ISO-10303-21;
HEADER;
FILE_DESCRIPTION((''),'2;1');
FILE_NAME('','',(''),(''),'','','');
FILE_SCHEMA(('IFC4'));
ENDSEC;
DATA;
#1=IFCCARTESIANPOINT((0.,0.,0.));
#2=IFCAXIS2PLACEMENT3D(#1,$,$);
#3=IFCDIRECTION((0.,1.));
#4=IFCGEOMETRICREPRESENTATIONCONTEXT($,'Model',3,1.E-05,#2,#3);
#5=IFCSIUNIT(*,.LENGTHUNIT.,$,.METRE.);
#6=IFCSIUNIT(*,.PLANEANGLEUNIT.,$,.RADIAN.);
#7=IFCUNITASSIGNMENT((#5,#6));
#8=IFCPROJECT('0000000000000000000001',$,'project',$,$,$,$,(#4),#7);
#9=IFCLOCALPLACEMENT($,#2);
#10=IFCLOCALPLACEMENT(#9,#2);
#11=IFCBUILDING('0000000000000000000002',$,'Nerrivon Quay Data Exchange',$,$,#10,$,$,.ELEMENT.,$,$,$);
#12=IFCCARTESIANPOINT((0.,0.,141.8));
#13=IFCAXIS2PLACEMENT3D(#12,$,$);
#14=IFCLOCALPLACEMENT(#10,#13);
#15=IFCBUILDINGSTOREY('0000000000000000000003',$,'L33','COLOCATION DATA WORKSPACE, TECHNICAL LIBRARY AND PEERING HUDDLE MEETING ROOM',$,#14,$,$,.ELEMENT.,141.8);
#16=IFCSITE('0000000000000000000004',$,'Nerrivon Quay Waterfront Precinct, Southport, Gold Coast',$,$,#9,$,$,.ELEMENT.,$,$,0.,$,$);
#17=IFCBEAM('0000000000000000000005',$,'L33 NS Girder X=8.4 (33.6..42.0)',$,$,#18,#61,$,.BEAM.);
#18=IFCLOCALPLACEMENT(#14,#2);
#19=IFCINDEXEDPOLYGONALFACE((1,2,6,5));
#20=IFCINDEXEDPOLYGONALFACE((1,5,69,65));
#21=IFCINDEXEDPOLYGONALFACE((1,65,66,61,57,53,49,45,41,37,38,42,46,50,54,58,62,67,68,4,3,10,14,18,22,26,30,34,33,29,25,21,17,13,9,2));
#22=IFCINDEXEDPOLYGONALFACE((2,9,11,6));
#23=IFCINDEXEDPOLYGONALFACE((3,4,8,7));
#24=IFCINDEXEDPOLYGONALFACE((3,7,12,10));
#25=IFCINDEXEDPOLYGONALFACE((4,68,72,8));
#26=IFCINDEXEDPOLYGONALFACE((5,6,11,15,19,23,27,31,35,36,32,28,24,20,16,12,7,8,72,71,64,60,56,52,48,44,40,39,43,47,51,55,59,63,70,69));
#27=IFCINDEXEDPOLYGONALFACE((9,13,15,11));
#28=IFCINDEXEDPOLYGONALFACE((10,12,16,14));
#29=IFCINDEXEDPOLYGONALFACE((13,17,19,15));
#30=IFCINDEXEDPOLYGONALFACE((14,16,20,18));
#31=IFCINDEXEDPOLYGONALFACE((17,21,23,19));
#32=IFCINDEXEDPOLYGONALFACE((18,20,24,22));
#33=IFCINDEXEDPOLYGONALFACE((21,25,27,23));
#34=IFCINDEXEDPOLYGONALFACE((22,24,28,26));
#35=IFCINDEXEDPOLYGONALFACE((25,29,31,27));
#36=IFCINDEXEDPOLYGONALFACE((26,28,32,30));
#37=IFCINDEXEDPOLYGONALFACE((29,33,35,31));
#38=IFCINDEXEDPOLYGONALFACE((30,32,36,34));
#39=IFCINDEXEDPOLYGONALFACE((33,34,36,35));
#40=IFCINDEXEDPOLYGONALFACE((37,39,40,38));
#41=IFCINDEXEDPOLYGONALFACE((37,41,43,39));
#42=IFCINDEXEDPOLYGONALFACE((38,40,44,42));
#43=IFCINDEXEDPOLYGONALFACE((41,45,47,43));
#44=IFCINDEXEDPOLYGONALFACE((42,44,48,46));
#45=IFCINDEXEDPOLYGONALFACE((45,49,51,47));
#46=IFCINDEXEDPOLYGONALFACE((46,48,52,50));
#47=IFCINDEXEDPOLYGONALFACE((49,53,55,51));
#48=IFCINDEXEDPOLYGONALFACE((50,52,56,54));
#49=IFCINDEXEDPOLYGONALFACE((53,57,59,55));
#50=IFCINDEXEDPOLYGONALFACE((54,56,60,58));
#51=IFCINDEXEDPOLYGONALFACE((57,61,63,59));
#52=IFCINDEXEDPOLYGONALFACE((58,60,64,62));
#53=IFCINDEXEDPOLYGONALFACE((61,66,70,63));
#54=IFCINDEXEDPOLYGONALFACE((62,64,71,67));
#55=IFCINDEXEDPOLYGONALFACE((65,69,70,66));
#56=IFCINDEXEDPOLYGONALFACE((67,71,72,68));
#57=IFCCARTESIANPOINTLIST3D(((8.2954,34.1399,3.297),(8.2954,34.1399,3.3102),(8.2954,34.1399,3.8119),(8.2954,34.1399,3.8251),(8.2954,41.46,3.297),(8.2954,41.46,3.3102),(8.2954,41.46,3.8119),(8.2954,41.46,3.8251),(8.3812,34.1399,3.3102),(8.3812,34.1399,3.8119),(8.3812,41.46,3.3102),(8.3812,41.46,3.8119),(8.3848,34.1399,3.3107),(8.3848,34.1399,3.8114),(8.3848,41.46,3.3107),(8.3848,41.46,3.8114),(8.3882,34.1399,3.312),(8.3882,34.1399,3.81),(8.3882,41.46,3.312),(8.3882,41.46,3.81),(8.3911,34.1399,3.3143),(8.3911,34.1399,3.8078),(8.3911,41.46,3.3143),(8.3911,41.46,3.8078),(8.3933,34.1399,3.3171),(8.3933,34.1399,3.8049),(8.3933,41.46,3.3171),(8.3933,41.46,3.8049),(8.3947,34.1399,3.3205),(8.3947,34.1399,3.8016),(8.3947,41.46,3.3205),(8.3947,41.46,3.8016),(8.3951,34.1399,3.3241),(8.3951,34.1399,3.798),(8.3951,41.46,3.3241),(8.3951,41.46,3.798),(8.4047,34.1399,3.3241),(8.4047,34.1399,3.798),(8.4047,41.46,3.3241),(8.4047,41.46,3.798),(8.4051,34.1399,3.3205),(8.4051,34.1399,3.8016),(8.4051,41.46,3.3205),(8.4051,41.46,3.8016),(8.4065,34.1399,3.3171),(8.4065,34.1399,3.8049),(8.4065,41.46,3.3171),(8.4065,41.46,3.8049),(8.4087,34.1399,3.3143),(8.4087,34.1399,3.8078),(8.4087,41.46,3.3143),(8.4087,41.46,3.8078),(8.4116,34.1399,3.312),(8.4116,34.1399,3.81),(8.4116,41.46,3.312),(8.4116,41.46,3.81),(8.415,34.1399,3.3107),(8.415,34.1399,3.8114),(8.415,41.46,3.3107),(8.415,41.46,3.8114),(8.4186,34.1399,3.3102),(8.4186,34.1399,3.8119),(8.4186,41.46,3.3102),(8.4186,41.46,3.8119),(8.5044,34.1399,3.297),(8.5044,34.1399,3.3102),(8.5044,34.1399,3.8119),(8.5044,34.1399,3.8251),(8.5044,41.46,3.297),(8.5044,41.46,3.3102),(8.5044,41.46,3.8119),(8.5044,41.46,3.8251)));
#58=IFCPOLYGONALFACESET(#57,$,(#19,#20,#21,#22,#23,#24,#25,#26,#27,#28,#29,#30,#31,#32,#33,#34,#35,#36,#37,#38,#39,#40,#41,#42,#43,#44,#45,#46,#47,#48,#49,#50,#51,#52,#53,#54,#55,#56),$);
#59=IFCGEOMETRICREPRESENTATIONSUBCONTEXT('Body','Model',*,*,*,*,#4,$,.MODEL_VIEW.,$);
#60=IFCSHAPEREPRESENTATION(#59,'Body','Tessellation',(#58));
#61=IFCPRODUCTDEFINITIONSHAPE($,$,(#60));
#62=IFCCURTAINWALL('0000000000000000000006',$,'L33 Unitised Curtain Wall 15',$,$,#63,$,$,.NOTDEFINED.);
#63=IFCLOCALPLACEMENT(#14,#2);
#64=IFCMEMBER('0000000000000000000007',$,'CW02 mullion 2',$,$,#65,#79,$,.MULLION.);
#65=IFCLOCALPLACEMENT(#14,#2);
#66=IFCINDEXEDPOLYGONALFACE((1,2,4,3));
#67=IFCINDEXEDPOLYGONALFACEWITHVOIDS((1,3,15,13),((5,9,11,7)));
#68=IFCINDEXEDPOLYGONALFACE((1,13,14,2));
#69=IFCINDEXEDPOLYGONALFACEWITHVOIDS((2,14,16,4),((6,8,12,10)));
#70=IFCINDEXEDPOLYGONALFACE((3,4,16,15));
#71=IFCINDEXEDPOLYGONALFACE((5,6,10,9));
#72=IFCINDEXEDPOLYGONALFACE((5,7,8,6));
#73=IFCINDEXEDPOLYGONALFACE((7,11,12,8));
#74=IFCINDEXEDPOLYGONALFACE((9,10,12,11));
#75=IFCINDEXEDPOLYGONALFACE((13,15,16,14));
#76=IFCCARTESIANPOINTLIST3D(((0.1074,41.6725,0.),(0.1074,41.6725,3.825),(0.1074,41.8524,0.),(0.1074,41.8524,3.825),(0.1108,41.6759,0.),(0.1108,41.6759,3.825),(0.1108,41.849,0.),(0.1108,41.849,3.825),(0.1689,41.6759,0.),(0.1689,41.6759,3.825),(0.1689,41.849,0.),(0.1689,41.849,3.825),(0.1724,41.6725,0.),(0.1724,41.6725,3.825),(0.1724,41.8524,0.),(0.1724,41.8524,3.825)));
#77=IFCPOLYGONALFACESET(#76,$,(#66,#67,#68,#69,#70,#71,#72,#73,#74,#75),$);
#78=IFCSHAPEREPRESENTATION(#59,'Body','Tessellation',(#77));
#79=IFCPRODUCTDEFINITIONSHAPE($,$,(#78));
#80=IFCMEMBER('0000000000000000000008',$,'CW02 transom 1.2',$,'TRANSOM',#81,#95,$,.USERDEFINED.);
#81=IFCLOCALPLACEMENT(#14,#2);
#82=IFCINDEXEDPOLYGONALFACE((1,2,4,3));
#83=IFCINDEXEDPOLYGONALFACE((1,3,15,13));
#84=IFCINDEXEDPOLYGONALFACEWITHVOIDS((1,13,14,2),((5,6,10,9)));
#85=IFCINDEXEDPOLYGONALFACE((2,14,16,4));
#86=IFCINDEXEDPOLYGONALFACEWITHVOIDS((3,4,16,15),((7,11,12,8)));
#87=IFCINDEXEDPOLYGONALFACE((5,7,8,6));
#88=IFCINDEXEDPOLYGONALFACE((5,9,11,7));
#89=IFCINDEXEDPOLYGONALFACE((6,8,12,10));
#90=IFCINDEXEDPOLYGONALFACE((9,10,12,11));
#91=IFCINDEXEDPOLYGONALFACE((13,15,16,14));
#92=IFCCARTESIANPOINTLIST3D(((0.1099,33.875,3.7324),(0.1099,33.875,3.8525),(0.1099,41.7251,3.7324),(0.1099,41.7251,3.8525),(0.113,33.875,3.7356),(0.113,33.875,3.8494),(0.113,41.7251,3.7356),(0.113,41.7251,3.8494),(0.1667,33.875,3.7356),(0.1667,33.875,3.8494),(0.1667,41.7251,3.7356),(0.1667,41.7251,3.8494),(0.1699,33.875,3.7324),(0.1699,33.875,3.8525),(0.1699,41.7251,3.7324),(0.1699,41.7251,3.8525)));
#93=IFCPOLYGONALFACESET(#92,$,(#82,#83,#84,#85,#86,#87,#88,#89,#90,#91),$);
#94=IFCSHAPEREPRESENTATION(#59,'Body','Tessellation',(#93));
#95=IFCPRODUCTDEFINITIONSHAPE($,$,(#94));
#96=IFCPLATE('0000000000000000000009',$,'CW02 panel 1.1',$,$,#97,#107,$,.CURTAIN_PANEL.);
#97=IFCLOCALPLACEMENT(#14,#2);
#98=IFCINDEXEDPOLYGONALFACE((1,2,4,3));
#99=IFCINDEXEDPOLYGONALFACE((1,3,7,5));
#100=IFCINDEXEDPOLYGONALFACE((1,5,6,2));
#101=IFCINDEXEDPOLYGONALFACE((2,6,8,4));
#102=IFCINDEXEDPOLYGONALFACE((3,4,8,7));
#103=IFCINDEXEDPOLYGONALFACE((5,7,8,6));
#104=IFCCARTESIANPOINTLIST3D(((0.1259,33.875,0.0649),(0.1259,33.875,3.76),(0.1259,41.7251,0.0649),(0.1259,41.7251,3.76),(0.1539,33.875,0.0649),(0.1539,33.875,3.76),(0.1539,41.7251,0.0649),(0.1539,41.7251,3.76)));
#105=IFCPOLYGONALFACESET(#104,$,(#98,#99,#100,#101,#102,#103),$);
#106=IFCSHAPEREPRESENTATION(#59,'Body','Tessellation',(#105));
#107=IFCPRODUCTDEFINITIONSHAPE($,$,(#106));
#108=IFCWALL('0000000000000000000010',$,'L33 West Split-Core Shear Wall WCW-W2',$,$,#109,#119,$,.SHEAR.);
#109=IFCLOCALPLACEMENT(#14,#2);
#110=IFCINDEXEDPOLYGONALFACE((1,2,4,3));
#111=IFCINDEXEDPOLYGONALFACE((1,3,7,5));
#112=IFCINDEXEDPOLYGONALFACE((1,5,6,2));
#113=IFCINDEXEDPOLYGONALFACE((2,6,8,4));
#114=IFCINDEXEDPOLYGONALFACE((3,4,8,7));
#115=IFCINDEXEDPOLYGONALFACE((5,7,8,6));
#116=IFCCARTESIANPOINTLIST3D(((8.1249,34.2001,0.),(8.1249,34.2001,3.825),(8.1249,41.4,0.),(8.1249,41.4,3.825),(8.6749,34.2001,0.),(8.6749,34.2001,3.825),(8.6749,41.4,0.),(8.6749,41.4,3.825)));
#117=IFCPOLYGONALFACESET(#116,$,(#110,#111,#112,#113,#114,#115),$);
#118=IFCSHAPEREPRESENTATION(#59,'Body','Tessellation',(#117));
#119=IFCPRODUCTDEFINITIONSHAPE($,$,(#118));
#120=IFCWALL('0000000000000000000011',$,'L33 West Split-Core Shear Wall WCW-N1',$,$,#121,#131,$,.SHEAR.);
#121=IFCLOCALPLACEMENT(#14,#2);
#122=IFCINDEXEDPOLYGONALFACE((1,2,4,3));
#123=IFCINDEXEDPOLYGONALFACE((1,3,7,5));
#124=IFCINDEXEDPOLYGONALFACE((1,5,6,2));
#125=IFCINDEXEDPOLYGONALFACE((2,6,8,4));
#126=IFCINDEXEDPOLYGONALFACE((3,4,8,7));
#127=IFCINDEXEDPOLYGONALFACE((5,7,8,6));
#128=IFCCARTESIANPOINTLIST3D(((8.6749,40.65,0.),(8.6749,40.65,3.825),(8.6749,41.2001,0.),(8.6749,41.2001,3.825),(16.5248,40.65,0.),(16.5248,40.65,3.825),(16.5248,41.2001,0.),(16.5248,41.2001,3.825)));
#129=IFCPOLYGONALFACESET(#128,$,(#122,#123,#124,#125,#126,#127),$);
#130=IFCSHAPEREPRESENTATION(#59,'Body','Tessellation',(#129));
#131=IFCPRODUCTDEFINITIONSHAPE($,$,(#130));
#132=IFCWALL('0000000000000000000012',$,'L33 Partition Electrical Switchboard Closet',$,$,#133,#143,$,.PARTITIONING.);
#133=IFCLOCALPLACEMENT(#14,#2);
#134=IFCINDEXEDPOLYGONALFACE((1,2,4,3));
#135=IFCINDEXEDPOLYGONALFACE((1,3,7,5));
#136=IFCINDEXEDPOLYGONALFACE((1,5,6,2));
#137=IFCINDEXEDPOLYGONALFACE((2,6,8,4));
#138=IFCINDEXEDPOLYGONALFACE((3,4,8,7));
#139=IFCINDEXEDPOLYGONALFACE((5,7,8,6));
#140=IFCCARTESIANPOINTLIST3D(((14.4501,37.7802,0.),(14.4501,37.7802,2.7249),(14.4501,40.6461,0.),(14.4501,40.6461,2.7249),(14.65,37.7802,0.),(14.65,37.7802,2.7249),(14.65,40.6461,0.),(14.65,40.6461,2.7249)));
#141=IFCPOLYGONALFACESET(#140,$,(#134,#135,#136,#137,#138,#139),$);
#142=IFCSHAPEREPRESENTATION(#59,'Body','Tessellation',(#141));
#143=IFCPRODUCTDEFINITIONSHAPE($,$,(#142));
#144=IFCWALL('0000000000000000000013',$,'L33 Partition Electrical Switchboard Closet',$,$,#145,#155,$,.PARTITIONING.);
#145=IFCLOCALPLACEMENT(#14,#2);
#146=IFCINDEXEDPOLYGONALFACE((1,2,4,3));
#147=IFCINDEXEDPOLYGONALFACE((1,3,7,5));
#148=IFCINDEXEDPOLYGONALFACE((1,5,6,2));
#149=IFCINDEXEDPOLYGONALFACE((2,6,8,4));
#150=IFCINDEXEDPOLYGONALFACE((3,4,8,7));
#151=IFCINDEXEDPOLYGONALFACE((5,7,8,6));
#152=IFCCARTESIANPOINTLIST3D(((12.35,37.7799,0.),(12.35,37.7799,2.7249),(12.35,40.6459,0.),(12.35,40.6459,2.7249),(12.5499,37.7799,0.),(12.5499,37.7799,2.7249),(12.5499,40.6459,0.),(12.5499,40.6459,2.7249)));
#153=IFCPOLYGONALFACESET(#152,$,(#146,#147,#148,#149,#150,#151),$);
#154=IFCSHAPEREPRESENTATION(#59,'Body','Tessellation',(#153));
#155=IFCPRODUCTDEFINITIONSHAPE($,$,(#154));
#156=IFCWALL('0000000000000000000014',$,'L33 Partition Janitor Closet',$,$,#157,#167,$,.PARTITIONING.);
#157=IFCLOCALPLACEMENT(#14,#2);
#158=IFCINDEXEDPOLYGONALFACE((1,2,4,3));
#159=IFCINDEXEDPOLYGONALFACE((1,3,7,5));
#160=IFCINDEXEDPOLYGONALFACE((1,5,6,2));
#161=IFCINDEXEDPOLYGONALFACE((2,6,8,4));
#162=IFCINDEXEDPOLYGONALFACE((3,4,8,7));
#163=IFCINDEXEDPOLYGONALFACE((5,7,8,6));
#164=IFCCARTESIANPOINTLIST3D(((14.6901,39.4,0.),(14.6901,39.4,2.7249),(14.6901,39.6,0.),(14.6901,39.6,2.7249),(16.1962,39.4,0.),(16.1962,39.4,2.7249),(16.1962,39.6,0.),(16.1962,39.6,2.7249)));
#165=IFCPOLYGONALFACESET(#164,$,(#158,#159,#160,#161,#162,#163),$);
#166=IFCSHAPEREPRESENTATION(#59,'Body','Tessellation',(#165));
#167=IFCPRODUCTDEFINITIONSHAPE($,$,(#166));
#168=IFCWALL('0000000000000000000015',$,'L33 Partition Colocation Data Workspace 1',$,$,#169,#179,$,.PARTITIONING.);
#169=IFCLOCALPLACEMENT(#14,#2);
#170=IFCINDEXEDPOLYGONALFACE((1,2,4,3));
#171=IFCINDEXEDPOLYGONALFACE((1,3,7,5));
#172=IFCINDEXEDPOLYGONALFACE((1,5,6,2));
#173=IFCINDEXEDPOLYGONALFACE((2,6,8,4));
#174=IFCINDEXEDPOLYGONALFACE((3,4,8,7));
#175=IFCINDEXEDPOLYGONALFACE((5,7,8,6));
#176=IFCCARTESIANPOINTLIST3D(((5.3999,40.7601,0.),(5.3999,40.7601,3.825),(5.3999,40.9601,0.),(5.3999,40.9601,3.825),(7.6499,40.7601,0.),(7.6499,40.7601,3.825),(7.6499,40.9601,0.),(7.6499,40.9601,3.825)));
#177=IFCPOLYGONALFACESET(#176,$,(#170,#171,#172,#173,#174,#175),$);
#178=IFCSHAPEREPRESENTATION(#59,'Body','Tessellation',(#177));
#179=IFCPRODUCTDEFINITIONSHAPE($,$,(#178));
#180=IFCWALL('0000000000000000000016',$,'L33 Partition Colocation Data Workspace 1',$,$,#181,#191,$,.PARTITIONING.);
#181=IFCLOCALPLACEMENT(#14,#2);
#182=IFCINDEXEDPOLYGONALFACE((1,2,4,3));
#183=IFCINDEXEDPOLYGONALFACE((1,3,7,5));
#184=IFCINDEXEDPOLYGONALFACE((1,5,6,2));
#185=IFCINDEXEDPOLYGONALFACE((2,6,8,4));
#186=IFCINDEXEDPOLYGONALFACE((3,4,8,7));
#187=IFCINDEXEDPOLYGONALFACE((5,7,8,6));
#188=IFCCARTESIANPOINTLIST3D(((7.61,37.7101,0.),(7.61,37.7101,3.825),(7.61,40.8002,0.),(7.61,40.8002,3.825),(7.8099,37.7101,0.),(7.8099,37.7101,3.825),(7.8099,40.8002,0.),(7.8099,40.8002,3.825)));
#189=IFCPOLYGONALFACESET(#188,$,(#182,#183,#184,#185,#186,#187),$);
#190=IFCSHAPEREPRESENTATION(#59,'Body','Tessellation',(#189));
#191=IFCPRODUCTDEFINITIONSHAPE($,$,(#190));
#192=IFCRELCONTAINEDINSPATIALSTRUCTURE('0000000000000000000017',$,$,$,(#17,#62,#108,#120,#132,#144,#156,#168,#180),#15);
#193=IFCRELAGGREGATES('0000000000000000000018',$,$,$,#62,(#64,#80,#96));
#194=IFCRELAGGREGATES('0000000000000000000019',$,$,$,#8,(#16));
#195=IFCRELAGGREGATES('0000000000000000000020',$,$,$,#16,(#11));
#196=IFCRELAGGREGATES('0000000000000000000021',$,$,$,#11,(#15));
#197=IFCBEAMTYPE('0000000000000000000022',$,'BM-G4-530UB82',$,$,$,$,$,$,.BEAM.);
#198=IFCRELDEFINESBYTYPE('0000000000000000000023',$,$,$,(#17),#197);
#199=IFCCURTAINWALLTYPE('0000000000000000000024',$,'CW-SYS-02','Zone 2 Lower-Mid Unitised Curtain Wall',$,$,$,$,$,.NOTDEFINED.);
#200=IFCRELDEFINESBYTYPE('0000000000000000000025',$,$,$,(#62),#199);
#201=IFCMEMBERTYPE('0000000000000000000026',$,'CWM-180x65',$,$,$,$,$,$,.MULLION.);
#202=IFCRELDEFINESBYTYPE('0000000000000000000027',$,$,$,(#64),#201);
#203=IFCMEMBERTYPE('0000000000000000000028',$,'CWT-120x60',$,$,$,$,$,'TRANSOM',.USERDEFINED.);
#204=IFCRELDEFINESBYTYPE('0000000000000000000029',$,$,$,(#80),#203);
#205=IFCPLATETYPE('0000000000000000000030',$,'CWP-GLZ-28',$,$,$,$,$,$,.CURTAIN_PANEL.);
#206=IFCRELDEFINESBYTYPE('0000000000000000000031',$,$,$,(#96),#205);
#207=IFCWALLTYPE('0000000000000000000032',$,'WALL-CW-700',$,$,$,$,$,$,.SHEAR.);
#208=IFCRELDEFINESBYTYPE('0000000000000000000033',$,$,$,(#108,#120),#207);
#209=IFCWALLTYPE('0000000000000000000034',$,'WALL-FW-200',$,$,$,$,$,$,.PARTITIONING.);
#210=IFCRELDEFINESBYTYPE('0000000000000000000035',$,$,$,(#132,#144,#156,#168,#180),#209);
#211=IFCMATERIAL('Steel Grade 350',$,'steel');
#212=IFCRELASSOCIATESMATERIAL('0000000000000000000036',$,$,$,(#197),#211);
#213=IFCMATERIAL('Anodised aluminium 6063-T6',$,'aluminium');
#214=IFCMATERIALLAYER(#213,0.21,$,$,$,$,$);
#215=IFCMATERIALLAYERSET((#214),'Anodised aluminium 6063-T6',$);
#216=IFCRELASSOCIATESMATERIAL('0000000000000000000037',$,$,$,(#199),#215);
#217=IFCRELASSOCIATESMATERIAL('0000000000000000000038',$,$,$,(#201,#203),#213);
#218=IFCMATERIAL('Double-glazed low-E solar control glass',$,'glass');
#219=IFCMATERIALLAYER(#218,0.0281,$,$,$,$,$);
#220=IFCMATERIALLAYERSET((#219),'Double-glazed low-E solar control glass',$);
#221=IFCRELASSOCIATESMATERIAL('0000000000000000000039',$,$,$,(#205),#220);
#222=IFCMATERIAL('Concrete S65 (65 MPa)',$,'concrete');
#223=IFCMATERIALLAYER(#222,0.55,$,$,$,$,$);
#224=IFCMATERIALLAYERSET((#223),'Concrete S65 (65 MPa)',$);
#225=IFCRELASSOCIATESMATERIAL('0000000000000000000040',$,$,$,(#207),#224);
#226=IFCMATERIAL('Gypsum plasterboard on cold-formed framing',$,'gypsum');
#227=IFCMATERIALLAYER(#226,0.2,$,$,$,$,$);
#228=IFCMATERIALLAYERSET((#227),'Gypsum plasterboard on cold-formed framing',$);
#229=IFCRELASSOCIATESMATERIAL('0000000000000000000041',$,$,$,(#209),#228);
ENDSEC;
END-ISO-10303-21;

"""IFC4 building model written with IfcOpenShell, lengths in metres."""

from ifc_helpers import new_model, si_unit, direction, frame, frame_2d, origin, origin_2d, place, context, subcontext, project, spatial, rectangle, hollow_rectangle, i_section, extrude, material, layer, layer_set, material_profile, profile_set, type_object, element, aggregate, save


model = new_model("IFC4")

# Units and contexts
model_context = context("Model", 3, precision=1e-05, world=origin(), true_north=direction((0.0, 1.0)))
body_context = subcontext(model_context, "Body", "Model", "MODEL_VIEW")
ifc_project = project(units=[si_unit("LENGTHUNIT", "METRE"), si_unit("PLANEANGLEUNIT", "RADIAN")], contexts=[model_context])

# Site, building, storey
site_placement = place(None, origin())
site = spatial("IfcSite", under=ifc_project, at=site_placement, Name="Nerrivon Quay Waterfront Precinct, Southport, Gold Coast", CompositionType="ELEMENT", RefElevation=0.0)
building_placement = place(site_placement, origin())
building = spatial("IfcBuilding", under=site, at=building_placement, Name="Nerrivon Quay Data Exchange", CompositionType="ELEMENT")
storey_placement = place(building_placement, frame((0.0, 0.0, 141.8)))
storey = spatial("IfcBuildingStorey", under=building, at=storey_placement, Name="L33", Description="COLOCATION DATA WORKSPACE, TECHNICAL LIBRARY AND PEERING HUDDLE MEETING ROOM", CompositionType="ELEMENT", Elevation=141.8)

# Shared definitions
ifc_material_1 = material(Name="Concrete S65 (65 MPa)", Category="concrete")
ifc_material_2 = material(Name="Steel Grade 350", Category="steel")

# Beam
ifc_material_profile_1 = material_profile(ifc_material_2, i_section(OverallWidth=0.209, OverallDepth=0.5281, WebThickness=0.0095, FlangeThickness=0.0132, FilletRadius=0.0139, at=origin_2d()), Name="530UB82.0")
ifc_profile_set_1 = profile_set([ifc_material_profile_1], Name="Steel Grade 350")
beam_type_1 = type_object("IfcBeamType", Name="BM-G4-530UB82", PredefinedType="BEAM", material=ifc_profile_set_1)
beam_1_placement = place(storey_placement, frame((8.3999, 34.1399, 3.561), z_axis=(0.0, 1.0, 0.0), x_axis=(-1.0, 0.0, 0.0)))
element("IfcBeam", 1, at=beam_1_placement, inside=storey, type_object=beam_type_1, Name="L33 NS Girder X=8.4 (33.6..42.0)", PredefinedType="BEAM", context=body_context, shape_type="SweptSolid", body=[
    extrude(i_section(OverallWidth=0.209, OverallDepth=0.5281, WebThickness=0.0095, FlangeThickness=0.0132, FilletRadius=0.0139, at=origin_2d()), origin(), (0.0, 0.0, 1.0), 7.3201),
])

# Curtain wall, members, plate
ifc_material_3 = material(Name="Anodised aluminium 6063-T6", Category="aluminium")
ifc_layer_1 = layer(ifc_material_3, 0.21)
ifc_layer_set_1 = layer_set([ifc_layer_1], Name="Anodised aluminium 6063-T6")
curtain_wall_type = type_object("IfcCurtainWallType", Name="CW-SYS-02", Description="Zone 2 Lower-Mid Unitised Curtain Wall", PredefinedType="NOTDEFINED", material=ifc_layer_set_1)
curtain_wall_placement = place(storey_placement, origin())
curtain_wall = element("IfcCurtainWall", 2, at=curtain_wall_placement, inside=storey, type_object=curtain_wall_type, Name="L33 Unitised Curtain Wall 15", PredefinedType="NOTDEFINED")
ifc_material_profile_2 = material_profile(ifc_material_3, hollow_rectangle(XDim=0.0649, YDim=0.1799, WallThickness=0.0034, at=origin_2d()), Name="ALU-MULL-180x65")
ifc_profile_set_2 = profile_set([ifc_material_profile_2], Name="Anodised aluminium 6063-T6")
member_type_1 = type_object("IfcMemberType", Name="CWM-180x65", PredefinedType="MULLION", material=ifc_profile_set_2)
member_1_placement = place(storey_placement, frame((0.1399, 41.7625, 0.0), z_axis=(0.0, 0.0, 1.0), x_axis=(-1.0, 0.0, 0.0)))
member_1 = element("IfcMember", 3, at=member_1_placement, type_object=member_type_1, Name="CW02 mullion 2", PredefinedType="MULLION", context=body_context, shape_type="SweptSolid", body=[
    extrude(hollow_rectangle(XDim=0.0649, YDim=0.1799, WallThickness=0.0034, at=origin_2d()), origin(), (0.0, 0.0, 1.0), 3.825),
])
ifc_material_profile_3 = material_profile(ifc_material_3, hollow_rectangle(XDim=0.0601, YDim=0.1201, WallThickness=0.0032, at=origin_2d()), Name="ALU-TRAN-120x60")
ifc_profile_set_3 = profile_set([ifc_material_profile_3], Name="Anodised aluminium 6063-T6")
member_type_2 = type_object("IfcMemberType", Name="CWT-120x60", ElementType="TRANSOM", PredefinedType="USERDEFINED", material=ifc_profile_set_3)
member_2_placement = place(storey_placement, frame((0.1399, 33.875, 3.7925), z_axis=(0.0, 1.0, 0.0), x_axis=(-1.0, 0.0, 0.0)))
member_2 = element("IfcMember", 4, at=member_2_placement, type_object=member_type_2, Name="CW02 transom 1.2", ObjectType="TRANSOM", PredefinedType="USERDEFINED", context=body_context, shape_type="SweptSolid", body=[
    extrude(hollow_rectangle(XDim=0.0601, YDim=0.1201, WallThickness=0.0032, at=origin_2d()), origin(), (0.0, 0.0, 1.0), 7.8501),
])
ifc_material_4 = material(Name="Double-glazed low-E solar control glass", Category="glass")
ifc_layer_2 = layer(ifc_material_4, 0.0281)
ifc_layer_set_2 = layer_set([ifc_layer_2], Name="Double-glazed low-E solar control glass")
plate_type = type_object("IfcPlateType", Name="CWP-GLZ-28", PredefinedType="CURTAIN_PANEL", material=ifc_layer_set_2)
plate_placement = place(storey_placement, frame((0.1399, 37.8, 0.0649), z_axis=(0.0, 0.0, 1.0), x_axis=(0.0, 1.0, 0.0)))
plate = element("IfcPlate", 5, at=plate_placement, type_object=plate_type, Name="CW02 panel 1.1", PredefinedType="CURTAIN_PANEL", context=body_context, shape_type="SweptSolid", body=[
    extrude(rectangle(XDim=7.8501, YDim=0.0281, at=origin_2d()), origin(), (0.0, 0.0, 1.0), 3.6951),
])
aggregate(curtain_wall, [member_1, member_2, plate])

# Walls
ifc_layer_3 = layer(ifc_material_1, 0.55)
ifc_layer_set_3 = layer_set([ifc_layer_3], Name="Concrete S65 (65 MPa)")
wall_type_1 = type_object("IfcWallType", Name="WALL-CW-700", PredefinedType="SHEAR", material=ifc_layer_set_3)
wall_1_placement = place(storey_placement, frame((8.3999, 34.2, 0.0), z_axis=(0.0, 0.0, 1.0), x_axis=(0.0, 1.0, 0.0)))
element("IfcWall", 6, at=wall_1_placement, inside=storey, type_object=wall_type_1, Name="L33 West Split-Core Shear Wall WCW-W2", PredefinedType="SHEAR", context=body_context, shape_type="SweptSolid", body=[
    extrude(rectangle(XDim=7.2, YDim=0.55, at=frame_2d((3.6001, 0.0))), origin(), (0.0, 0.0, 1.0), 3.825),
])
wall_2_placement = place(storey_placement, frame((8.675, 40.925, 0.0), z_axis=(0.0, 0.0, 1.0), x_axis=(1.0, 0.0, 0.0)))
element("IfcWall", 7, at=wall_2_placement, inside=storey, type_object=wall_type_1, Name="L33 West Split-Core Shear Wall WCW-N1", PredefinedType="SHEAR", context=body_context, shape_type="SweptSolid", body=[
    extrude(rectangle(XDim=7.8499, YDim=0.55, at=frame_2d((3.9248, 0.0))), origin(), (0.0, 0.0, 1.0), 3.825),
])
ifc_material_5 = material(Name="Gypsum plasterboard on cold-formed framing", Category="gypsum")
ifc_layer_4 = layer(ifc_material_5, 0.2)
ifc_layer_set_4 = layer_set([ifc_layer_4], Name="Gypsum plasterboard on cold-formed framing")
wall_type_2 = type_object("IfcWallType", Name="WALL-FW-200", PredefinedType="PARTITIONING", material=ifc_layer_set_4)
for number, where, z_axis, x_axis, name in (
    (8, (14.55, 37.78, 0.0), (0.0, 0.0, 1.0), (0.0, 1.0, 0.0), "L33 Partition Electrical Switchboard Closet"),
    (9, (12.45, 40.646, 0.0), (0.0, 0.0, 1.0), (0.0, -1.0, 0.0), "L33 Partition Electrical Switchboard Closet"),
):
    element("IfcWall", number, at=place(storey_placement, frame(where, z_axis=z_axis, x_axis=x_axis)), inside=storey, type_object=wall_type_2, Name=name, PredefinedType="PARTITIONING", context=body_context, shape_type="SweptSolid", body=[
        extrude(rectangle(XDim=2.866, YDim=0.2, at=frame_2d((1.4331, 0.0))), origin(), (0.0, 0.0, 1.0), 2.7249),
    ])
wall_3_placement = place(storey_placement, frame((16.196, 39.5, 0.0), z_axis=(0.0, 0.0, 1.0), x_axis=(-1.0, 0.0, 0.0)))
element("IfcWall", 10, at=wall_3_placement, inside=storey, type_object=wall_type_2, Name="L33 Partition Janitor Closet", PredefinedType="PARTITIONING", context=body_context, shape_type="SweptSolid", body=[
    extrude(rectangle(XDim=1.5061, YDim=0.2, at=frame_2d((0.7529, 0.0))), origin(), (0.0, 0.0, 1.0), 2.7249),
])
wall_4_placement = place(storey_placement, frame((5.3999, 40.8601, 0.0), z_axis=(0.0, 0.0, 1.0), x_axis=(1.0, 0.0, 0.0)))
element("IfcWall", 11, at=wall_4_placement, inside=storey, type_object=wall_type_2, Name="L33 Partition Colocation Data Workspace 1", PredefinedType="PARTITIONING", context=body_context, shape_type="SweptSolid", body=[
    extrude(rectangle(XDim=2.25, YDim=0.2, at=frame_2d((1.125, 0.0))), origin(), (0.0, 0.0, 1.0), 3.825),
])
wall_5_placement = place(storey_placement, frame((7.71, 40.8, 0.0), z_axis=(0.0, 0.0, 1.0), x_axis=(0.0, -1.0, 0.0)))
element("IfcWall", 12, at=wall_5_placement, inside=storey, type_object=wall_type_2, Name="L33 Partition Colocation Data Workspace 1", PredefinedType="PARTITIONING", context=body_context, shape_type="SweptSolid", body=[
    extrude(rectangle(XDim=3.0901, YDim=0.2, at=frame_2d((1.5449, 0.0))), origin(), (0.0, 0.0, 1.0), 3.825),
])

save(model, "model.ifc")
